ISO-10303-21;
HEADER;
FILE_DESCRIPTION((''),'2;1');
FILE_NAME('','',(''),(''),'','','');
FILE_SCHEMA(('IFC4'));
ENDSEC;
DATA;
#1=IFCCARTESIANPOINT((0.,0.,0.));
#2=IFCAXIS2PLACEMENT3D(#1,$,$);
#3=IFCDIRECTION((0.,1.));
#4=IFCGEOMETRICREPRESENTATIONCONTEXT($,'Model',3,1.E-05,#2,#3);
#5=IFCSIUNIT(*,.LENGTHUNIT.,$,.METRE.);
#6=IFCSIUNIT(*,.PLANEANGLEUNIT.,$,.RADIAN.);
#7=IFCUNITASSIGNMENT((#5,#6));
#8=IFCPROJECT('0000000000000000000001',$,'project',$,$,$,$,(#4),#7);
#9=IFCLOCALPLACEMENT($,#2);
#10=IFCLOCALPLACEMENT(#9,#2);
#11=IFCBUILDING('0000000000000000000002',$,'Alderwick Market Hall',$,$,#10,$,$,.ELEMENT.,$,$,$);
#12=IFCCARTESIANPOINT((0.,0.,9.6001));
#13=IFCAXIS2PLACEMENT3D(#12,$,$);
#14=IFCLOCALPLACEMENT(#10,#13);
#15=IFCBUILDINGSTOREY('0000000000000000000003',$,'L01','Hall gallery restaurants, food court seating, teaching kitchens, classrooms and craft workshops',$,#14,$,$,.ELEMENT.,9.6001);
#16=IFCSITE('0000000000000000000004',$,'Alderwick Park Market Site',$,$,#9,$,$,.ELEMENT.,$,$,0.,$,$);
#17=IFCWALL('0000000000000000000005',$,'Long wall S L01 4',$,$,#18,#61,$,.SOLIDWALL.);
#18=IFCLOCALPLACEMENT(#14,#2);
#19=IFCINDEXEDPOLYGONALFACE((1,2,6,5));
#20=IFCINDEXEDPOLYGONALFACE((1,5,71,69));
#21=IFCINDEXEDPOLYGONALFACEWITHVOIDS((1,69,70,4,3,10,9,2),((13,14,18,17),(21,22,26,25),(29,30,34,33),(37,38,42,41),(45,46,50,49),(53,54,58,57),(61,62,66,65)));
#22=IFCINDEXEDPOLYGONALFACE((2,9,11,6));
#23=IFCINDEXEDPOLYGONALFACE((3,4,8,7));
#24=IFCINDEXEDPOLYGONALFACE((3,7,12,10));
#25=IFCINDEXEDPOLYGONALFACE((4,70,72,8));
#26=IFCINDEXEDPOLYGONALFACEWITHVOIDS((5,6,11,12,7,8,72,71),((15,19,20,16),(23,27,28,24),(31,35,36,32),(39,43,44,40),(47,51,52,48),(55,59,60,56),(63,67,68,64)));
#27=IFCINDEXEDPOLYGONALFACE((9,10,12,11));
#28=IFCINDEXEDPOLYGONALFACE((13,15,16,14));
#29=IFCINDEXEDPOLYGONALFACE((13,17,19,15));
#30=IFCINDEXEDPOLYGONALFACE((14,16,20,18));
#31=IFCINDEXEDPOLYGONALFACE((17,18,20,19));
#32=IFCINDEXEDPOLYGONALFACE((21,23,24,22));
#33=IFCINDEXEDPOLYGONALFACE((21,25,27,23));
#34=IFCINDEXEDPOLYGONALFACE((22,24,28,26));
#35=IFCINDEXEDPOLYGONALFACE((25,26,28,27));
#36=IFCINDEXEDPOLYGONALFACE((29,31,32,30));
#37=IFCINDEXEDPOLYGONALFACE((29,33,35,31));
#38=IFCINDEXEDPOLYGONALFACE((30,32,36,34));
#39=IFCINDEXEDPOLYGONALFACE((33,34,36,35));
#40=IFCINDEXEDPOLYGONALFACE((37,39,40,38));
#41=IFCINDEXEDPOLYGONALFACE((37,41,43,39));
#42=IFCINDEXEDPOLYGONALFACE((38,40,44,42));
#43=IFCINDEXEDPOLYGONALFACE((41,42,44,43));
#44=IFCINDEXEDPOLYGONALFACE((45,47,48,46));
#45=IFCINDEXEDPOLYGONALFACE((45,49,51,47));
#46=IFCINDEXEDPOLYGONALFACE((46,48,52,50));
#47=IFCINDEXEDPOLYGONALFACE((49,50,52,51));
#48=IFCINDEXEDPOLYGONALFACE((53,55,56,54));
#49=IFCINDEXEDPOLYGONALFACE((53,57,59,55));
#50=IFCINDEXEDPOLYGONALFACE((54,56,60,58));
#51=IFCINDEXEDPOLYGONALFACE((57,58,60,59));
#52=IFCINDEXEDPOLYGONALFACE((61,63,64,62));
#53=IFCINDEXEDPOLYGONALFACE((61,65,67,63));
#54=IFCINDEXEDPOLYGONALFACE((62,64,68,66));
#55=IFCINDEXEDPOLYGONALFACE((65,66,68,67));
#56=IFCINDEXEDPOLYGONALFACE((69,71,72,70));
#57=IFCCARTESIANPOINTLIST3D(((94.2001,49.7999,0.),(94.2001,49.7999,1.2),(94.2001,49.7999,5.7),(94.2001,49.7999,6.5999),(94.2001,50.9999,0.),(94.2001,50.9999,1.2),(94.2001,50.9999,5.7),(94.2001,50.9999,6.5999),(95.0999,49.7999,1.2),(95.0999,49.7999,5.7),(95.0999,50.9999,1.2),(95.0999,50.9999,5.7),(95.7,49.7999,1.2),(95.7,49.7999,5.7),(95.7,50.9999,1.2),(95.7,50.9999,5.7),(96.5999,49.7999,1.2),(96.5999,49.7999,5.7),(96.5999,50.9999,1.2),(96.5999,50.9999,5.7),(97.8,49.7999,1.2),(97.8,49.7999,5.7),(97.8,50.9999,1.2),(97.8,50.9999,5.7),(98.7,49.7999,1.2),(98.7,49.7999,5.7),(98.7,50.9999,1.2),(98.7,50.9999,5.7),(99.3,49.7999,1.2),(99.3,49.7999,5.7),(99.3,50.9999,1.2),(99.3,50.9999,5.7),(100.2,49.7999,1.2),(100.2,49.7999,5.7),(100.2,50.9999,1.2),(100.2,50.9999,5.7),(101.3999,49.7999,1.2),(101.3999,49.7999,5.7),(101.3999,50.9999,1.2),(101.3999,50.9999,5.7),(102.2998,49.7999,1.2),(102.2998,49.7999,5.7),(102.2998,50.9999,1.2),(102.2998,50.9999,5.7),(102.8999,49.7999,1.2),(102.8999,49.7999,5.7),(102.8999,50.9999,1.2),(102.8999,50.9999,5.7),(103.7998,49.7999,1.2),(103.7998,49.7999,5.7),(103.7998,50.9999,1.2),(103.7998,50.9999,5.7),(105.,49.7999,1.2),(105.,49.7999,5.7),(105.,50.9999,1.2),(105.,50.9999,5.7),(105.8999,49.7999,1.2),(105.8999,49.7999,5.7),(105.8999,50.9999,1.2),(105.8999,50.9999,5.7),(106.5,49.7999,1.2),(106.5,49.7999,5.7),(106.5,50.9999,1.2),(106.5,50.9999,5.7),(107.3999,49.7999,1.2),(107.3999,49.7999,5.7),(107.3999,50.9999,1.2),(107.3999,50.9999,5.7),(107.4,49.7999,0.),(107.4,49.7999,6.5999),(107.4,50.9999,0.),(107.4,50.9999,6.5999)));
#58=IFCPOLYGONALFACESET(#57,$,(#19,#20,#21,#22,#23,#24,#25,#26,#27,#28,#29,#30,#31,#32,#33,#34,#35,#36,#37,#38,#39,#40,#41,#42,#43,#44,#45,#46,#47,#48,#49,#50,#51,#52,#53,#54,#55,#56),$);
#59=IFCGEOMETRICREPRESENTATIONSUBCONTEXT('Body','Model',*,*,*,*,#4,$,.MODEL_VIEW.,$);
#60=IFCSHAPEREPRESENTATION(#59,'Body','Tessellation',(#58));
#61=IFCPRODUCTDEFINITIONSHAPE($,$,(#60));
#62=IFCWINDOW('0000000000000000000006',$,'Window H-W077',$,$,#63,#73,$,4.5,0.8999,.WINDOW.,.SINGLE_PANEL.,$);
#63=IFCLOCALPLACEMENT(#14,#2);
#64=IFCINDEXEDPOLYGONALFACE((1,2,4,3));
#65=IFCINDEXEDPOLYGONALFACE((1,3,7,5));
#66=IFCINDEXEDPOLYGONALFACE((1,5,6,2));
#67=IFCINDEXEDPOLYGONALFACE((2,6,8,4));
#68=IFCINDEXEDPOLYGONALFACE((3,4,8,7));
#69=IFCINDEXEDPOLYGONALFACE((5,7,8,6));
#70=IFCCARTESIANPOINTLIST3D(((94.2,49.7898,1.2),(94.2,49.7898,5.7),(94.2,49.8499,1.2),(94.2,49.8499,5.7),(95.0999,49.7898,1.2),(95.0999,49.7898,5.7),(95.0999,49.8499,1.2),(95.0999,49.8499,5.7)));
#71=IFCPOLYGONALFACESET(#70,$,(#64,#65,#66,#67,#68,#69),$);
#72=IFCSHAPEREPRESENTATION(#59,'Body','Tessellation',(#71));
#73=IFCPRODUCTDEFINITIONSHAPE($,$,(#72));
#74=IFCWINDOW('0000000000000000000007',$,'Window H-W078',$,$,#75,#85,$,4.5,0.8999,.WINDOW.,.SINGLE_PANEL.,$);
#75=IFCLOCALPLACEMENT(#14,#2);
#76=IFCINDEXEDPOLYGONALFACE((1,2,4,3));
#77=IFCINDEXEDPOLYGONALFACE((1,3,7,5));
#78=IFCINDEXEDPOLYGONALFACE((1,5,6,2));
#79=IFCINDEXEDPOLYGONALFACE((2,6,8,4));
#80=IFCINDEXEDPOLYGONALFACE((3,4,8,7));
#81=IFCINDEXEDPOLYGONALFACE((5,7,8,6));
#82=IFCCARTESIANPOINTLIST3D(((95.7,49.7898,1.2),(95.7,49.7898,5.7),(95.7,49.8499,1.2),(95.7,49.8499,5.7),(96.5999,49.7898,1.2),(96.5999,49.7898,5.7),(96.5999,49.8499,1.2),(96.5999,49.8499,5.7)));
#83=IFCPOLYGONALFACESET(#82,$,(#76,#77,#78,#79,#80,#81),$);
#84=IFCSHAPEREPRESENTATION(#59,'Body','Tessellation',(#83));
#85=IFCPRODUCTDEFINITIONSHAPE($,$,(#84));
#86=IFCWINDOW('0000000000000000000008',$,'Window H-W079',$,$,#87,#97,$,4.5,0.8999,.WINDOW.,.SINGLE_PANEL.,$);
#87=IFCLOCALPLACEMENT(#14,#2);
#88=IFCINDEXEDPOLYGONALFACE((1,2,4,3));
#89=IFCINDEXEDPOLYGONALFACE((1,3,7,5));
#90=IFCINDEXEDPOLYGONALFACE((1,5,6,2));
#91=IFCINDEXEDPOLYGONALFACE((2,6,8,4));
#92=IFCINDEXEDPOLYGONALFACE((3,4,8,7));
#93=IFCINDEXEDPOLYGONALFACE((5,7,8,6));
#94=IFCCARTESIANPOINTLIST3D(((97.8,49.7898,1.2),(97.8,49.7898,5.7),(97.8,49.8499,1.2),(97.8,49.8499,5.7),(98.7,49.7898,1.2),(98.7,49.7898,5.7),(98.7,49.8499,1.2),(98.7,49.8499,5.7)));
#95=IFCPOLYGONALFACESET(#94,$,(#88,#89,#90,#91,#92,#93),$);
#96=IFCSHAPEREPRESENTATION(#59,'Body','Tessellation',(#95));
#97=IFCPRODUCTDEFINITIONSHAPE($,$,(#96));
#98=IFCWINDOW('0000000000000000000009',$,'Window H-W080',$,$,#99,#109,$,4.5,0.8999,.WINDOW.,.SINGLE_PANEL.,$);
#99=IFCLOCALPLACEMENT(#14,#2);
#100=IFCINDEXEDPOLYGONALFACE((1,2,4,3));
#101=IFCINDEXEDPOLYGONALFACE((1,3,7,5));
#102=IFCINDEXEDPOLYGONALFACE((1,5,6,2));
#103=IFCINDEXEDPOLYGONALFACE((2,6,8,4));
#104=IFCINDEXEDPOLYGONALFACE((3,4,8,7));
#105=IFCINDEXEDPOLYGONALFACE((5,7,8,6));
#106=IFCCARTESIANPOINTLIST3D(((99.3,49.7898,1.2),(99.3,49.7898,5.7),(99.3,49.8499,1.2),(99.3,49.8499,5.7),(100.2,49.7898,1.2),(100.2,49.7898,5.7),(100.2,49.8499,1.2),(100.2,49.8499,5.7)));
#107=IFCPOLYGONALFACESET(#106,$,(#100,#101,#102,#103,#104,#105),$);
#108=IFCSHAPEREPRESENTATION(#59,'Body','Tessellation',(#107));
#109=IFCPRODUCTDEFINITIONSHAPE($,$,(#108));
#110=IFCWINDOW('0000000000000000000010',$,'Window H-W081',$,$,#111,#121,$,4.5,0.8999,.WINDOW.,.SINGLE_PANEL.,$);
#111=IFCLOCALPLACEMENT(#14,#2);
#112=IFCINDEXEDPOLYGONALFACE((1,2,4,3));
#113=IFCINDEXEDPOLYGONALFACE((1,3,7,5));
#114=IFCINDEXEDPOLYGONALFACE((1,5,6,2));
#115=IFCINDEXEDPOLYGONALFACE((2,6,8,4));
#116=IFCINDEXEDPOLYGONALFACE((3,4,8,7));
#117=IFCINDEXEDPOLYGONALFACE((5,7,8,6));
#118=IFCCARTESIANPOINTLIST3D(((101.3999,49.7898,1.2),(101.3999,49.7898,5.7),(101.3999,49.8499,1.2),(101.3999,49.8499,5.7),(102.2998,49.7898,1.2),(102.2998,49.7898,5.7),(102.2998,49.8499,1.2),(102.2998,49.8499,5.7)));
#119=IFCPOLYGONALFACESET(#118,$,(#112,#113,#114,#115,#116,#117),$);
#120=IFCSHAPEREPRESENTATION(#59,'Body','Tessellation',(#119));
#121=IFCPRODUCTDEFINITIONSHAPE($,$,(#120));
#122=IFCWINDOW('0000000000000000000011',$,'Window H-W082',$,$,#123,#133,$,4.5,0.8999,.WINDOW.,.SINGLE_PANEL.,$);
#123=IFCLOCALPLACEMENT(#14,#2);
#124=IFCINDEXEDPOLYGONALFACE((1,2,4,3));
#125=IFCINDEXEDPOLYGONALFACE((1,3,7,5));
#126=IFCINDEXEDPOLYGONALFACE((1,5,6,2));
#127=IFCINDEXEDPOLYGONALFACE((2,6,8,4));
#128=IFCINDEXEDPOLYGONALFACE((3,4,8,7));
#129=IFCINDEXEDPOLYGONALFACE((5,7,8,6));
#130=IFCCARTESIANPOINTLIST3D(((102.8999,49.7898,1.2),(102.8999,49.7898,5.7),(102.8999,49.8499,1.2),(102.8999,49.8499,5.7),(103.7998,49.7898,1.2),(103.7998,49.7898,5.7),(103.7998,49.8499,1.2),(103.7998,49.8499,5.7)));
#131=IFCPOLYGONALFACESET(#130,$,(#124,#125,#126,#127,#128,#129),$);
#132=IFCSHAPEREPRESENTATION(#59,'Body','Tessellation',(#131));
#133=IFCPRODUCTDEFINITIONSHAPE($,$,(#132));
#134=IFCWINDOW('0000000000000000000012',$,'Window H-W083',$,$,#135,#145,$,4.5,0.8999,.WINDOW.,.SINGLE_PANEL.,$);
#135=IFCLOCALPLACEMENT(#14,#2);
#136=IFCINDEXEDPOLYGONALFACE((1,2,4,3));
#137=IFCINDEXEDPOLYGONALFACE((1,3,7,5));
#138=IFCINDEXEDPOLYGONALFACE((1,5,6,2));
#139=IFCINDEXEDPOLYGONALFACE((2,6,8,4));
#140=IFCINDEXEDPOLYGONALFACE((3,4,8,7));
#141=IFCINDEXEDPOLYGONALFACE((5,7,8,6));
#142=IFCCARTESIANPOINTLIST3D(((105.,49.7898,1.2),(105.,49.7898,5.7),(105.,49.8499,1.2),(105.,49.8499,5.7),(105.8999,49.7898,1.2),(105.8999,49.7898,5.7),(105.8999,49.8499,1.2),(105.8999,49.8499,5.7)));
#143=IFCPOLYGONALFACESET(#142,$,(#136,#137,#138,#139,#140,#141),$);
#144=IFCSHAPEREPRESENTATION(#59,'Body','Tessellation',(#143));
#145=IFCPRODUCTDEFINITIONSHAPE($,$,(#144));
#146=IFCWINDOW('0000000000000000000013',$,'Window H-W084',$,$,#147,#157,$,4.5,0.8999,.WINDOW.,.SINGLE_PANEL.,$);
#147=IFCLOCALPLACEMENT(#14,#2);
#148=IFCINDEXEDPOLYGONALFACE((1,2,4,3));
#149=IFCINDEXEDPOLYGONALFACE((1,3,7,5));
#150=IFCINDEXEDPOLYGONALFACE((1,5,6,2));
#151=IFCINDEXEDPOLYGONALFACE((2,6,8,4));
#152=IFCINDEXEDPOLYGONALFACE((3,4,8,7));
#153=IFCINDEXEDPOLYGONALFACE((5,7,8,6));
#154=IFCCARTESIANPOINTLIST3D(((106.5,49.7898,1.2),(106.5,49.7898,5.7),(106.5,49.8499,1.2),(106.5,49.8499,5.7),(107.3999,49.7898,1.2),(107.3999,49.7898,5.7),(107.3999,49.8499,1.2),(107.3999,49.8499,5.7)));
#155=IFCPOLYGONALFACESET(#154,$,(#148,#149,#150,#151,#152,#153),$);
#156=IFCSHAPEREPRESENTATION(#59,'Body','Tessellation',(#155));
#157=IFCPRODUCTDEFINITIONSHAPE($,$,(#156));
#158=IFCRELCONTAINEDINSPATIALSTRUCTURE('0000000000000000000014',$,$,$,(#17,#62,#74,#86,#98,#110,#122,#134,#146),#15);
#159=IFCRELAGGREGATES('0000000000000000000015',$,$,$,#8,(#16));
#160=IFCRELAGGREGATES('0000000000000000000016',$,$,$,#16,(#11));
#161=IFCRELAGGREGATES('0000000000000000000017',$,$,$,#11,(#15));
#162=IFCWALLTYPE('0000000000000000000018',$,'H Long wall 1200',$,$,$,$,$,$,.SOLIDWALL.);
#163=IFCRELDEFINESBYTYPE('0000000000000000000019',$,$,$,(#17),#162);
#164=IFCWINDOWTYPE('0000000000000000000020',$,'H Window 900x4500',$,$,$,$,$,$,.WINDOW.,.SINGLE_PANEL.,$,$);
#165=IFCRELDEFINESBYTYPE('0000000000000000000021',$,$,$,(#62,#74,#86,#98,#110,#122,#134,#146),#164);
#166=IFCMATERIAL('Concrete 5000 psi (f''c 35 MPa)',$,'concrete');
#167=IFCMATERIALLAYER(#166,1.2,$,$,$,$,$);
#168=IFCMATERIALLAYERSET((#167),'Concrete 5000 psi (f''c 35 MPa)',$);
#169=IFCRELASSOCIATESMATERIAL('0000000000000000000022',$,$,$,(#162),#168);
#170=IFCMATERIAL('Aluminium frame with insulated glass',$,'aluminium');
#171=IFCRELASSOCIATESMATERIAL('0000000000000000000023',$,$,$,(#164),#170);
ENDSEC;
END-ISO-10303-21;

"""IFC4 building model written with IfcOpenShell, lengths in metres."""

from ifc_helpers import new_model, si_unit, direction, frame, frame_2d, origin, place, context, subcontext, project, spatial, rectangle, extrude, material, layer, layer_set, type_object, element, fill, save


model = new_model("IFC4")

# Units and contexts
model_context = context("Model", 3, precision=1e-05, world=origin(), true_north=direction((0.0, 1.0)))
body_context = subcontext(model_context, "Body", "Model", "MODEL_VIEW")
ifc_project = project(units=[si_unit("LENGTHUNIT", "METRE"), si_unit("PLANEANGLEUNIT", "RADIAN")], contexts=[model_context])

# Site, building, storey
site_placement = place(None, origin())
site = spatial("IfcSite", under=ifc_project, at=site_placement, Name="Alderwick Park Market Site", CompositionType="ELEMENT", RefElevation=0.0)
building_placement = place(site_placement, origin())
building = spatial("IfcBuilding", under=site, at=building_placement, Name="Alderwick Market Hall", CompositionType="ELEMENT")
storey_placement = place(building_placement, frame((0.0, 0.0, 9.6001)))
storey = spatial("IfcBuildingStorey", under=building, at=storey_placement, Name="L01", Description="Hall gallery restaurants, food court seating, teaching kitchens, classrooms and craft workshops", CompositionType="ELEMENT", Elevation=9.6001)

# Shared definitions
ifc_material_1 = material(Name="Concrete 5000 psi (f'c 35 MPa)", Category="concrete")

# Wall, openings, windows
ifc_layer_1 = layer(ifc_material_1, 1.2)
ifc_layer_set_1 = layer_set([ifc_layer_1], Name="Concrete 5000 psi (f'c 35 MPa)")
wall_type_1 = type_object("IfcWallType", Name="H Long wall 1200", PredefinedType="SOLIDWALL", material=ifc_layer_set_1)
wall_1_placement = place(storey_placement, frame((94.2, 50.3999, 0.0), z_axis=(0.0, 0.0, 1.0), x_axis=(1.0, 0.0, 0.0)))
wall_1 = element("IfcWall", 1, at=wall_1_placement, inside=storey, type_object=wall_type_1, Name="Long wall S L01 4", PredefinedType="SOLIDWALL", context=body_context, shape_type="SweptSolid", body=[
    extrude(rectangle(XDim=13.2, YDim=1.2, at=frame_2d((6.6001, 0.0))), origin(), (0.0, 0.0, 1.0), 6.5999),
])
opening_1_placement = place(wall_1_placement, frame((0.0, 0.0, 1.2)))
opening_1 = element("IfcOpeningElement", 2, at=opening_1_placement, cuts=wall_1, PredefinedType="OPENING", context=body_context, shape_type="SweptSolid", body=[
    extrude(rectangle(XDim=0.8999, YDim=4.5, at=frame_2d((0.45, 2.25))), frame((0.0, 0.6099, 0.0), z_axis=(0.0, -1.0, 0.0), x_axis=(1.0, 0.0, 0.0)), (0.0, 0.0, 1.0), 1.22),
])
opening_2_placement = place(wall_1_placement, frame((1.5, 0.0, 1.2)))
opening_2 = element("IfcOpeningElement", 3, at=opening_2_placement, cuts=wall_1, PredefinedType="OPENING", context=body_context, shape_type="SweptSolid", body=[
    extrude(rectangle(XDim=0.8999, YDim=4.5, at=frame_2d((0.45, 2.25))), frame((0.0, 0.6099, 0.0), z_axis=(0.0, -1.0, 0.0), x_axis=(1.0, 0.0, 0.0)), (0.0, 0.0, 1.0), 1.22),
])
opening_3_placement = place(wall_1_placement, frame((3.6001, 0.0, 1.2)))
opening_3 = element("IfcOpeningElement", 4, at=opening_3_placement, cuts=wall_1, PredefinedType="OPENING", context=body_context, shape_type="SweptSolid", body=[
    extrude(rectangle(XDim=0.8999, YDim=4.5, at=frame_2d((0.45, 2.25))), frame((0.0, 0.6099, 0.0), z_axis=(0.0, -1.0, 0.0), x_axis=(1.0, 0.0, 0.0)), (0.0, 0.0, 1.0), 1.22),
])
opening_4_placement = place(wall_1_placement, frame((5.1001, 0.0, 1.2)))
opening_4 = element("IfcOpeningElement", 5, at=opening_4_placement, cuts=wall_1, PredefinedType="OPENING", context=body_context, shape_type="SweptSolid", body=[
    extrude(rectangle(XDim=0.8999, YDim=4.5, at=frame_2d((0.45, 2.25))), frame((0.0, 0.6099, 0.0), z_axis=(0.0, -1.0, 0.0), x_axis=(1.0, 0.0, 0.0)), (0.0, 0.0, 1.0), 1.22),
])
opening_5_placement = place(wall_1_placement, frame((7.2, 0.0, 1.2)))
opening_5 = element("IfcOpeningElement", 6, at=opening_5_placement, cuts=wall_1, PredefinedType="OPENING", context=body_context, shape_type="SweptSolid", body=[
    extrude(rectangle(XDim=0.8999, YDim=4.5, at=frame_2d((0.45, 2.25))), frame((0.0, 0.6099, 0.0), z_axis=(0.0, -1.0, 0.0), x_axis=(1.0, 0.0, 0.0)), (0.0, 0.0, 1.0), 1.22),
])
opening_6_placement = place(wall_1_placement, frame((8.7, 0.0, 1.2)))
opening_6 = element("IfcOpeningElement", 7, at=opening_6_placement, cuts=wall_1, PredefinedType="OPENING", context=body_context, shape_type="SweptSolid", body=[
    extrude(rectangle(XDim=0.8999, YDim=4.5, at=frame_2d((0.45, 2.25))), frame((0.0, 0.6099, 0.0), z_axis=(0.0, -1.0, 0.0), x_axis=(1.0, 0.0, 0.0)), (0.0, 0.0, 1.0), 1.22),
])
opening_7_placement = place(wall_1_placement, frame((10.8, 0.0, 1.2)))
opening_7 = element("IfcOpeningElement", 8, at=opening_7_placement, cuts=wall_1, PredefinedType="OPENING", context=body_context, shape_type="SweptSolid", body=[
    extrude(rectangle(XDim=0.8999, YDim=4.5, at=frame_2d((0.45, 2.25))), frame((0.0, 0.6099, 0.0), z_axis=(0.0, -1.0, 0.0), x_axis=(1.0, 0.0, 0.0)), (0.0, 0.0, 1.0), 1.22),
])
opening_8_placement = place(wall_1_placement, frame((12.3, 0.0, 1.2)))
opening_8 = element("IfcOpeningElement", 9, at=opening_8_placement, cuts=wall_1, PredefinedType="OPENING", context=body_context, shape_type="SweptSolid", body=[
    extrude(rectangle(XDim=0.8999, YDim=4.5, at=frame_2d((0.45, 2.25))), frame((0.0, 0.6099, 0.0), z_axis=(0.0, -1.0, 0.0), x_axis=(1.0, 0.0, 0.0)), (0.0, 0.0, 1.0), 1.22),
])
ifc_material_2 = material(Name="Aluminium frame with insulated glass", Category="aluminium")
window_type = type_object("IfcWindowType", Name="H Window 900x4500", PartitioningType="SINGLE_PANEL", PredefinedType="WINDOW", material=ifc_material_2)
window_1_placement = place(opening_1_placement, origin())
window_1 = element("IfcWindow", 10, at=window_1_placement, inside=storey, type_object=window_type, Name="Window H-W077", OverallHeight=4.5, OverallWidth=0.8999, PartitioningType="SINGLE_PANEL", PredefinedType="WINDOW", context=body_context, shape_type="SweptSolid", body=[
    extrude(rectangle(XDim=0.8999, YDim=4.5, at=frame_2d((0.45, 2.25))), frame((0.0, -0.55, 0.0), z_axis=(0.0, -1.0, 0.0), x_axis=(1.0, 0.0, 0.0)), (0.0, 0.0, 1.0), 0.0601),
])
fill(opening_1, window_1)
window_2_placement = place(opening_2_placement, origin())
window_2 = element("IfcWindow", 11, at=window_2_placement, inside=storey, type_object=window_type, Name="Window H-W078", OverallHeight=4.5, OverallWidth=0.8999, PartitioningType="SINGLE_PANEL", PredefinedType="WINDOW", context=body_context, shape_type="SweptSolid", body=[
    extrude(rectangle(XDim=0.8999, YDim=4.5, at=frame_2d((0.45, 2.25))), frame((0.0, -0.55, 0.0), z_axis=(0.0, -1.0, 0.0), x_axis=(1.0, 0.0, 0.0)), (0.0, 0.0, 1.0), 0.0601),
])
fill(opening_2, window_2)
window_3_placement = place(opening_3_placement, origin())
window_3 = element("IfcWindow", 12, at=window_3_placement, inside=storey, type_object=window_type, Name="Window H-W079", OverallHeight=4.5, OverallWidth=0.8999, PartitioningType="SINGLE_PANEL", PredefinedType="WINDOW", context=body_context, shape_type="SweptSolid", body=[
    extrude(rectangle(XDim=0.8999, YDim=4.5, at=frame_2d((0.45, 2.25))), frame((0.0, -0.55, 0.0), z_axis=(0.0, -1.0, 0.0), x_axis=(1.0, 0.0, 0.0)), (0.0, 0.0, 1.0), 0.0601),
])
fill(opening_3, window_3)
window_4_placement = place(opening_4_placement, origin())
window_4 = element("IfcWindow", 13, at=window_4_placement, inside=storey, type_object=window_type, Name="Window H-W080", OverallHeight=4.5, OverallWidth=0.8999, PartitioningType="SINGLE_PANEL", PredefinedType="WINDOW", context=body_context, shape_type="SweptSolid", body=[
    extrude(rectangle(XDim=0.8999, YDim=4.5, at=frame_2d((0.45, 2.25))), frame((0.0, -0.55, 0.0), z_axis=(0.0, -1.0, 0.0), x_axis=(1.0, 0.0, 0.0)), (0.0, 0.0, 1.0), 0.0601),
])
fill(opening_4, window_4)
window_5_placement = place(opening_5_placement, origin())
window_5 = element("IfcWindow", 14, at=window_5_placement, inside=storey, type_object=window_type, Name="Window H-W081", OverallHeight=4.5, OverallWidth=0.8999, PartitioningType="SINGLE_PANEL", PredefinedType="WINDOW", context=body_context, shape_type="SweptSolid", body=[
    extrude(rectangle(XDim=0.8999, YDim=4.5, at=frame_2d((0.45, 2.25))), frame((0.0, -0.55, 0.0), z_axis=(0.0, -1.0, 0.0), x_axis=(1.0, 0.0, 0.0)), (0.0, 0.0, 1.0), 0.0601),
])
fill(opening_5, window_5)
window_6_placement = place(opening_6_placement, origin())
window_6 = element("IfcWindow", 15, at=window_6_placement, inside=storey, type_object=window_type, Name="Window H-W082", OverallHeight=4.5, OverallWidth=0.8999, PartitioningType="SINGLE_PANEL", PredefinedType="WINDOW", context=body_context, shape_type="SweptSolid", body=[
    extrude(rectangle(XDim=0.8999, YDim=4.5, at=frame_2d((0.45, 2.25))), frame((0.0, -0.55, 0.0), z_axis=(0.0, -1.0, 0.0), x_axis=(1.0, 0.0, 0.0)), (0.0, 0.0, 1.0), 0.0601),
])
fill(opening_6, window_6)
window_7_placement = place(opening_7_placement, origin())
window_7 = element("IfcWindow", 16, at=window_7_placement, inside=storey, type_object=window_type, Name="Window H-W083", OverallHeight=4.5, OverallWidth=0.8999, PartitioningType="SINGLE_PANEL", PredefinedType="WINDOW", context=body_context, shape_type="SweptSolid", body=[
    extrude(rectangle(XDim=0.8999, YDim=4.5, at=frame_2d((0.45, 2.25))), frame((0.0, -0.55, 0.0), z_axis=(0.0, -1.0, 0.0), x_axis=(1.0, 0.0, 0.0)), (0.0, 0.0, 1.0), 0.0601),
])
fill(opening_7, window_7)
window_8_placement = place(opening_8_placement, origin())
window_8 = element("IfcWindow", 17, at=window_8_placement, inside=storey, type_object=window_type, Name="Window H-W084", OverallHeight=4.5, OverallWidth=0.8999, PartitioningType="SINGLE_PANEL", PredefinedType="WINDOW", context=body_context, shape_type="SweptSolid", body=[
    extrude(rectangle(XDim=0.8999, YDim=4.5, at=frame_2d((0.45, 2.25))), frame((0.0, -0.55, 0.0), z_axis=(0.0, -1.0, 0.0), x_axis=(1.0, 0.0, 0.0)), (0.0, 0.0, 1.0), 0.0601),
])
fill(opening_8, window_8)

save(model, "model.ifc")
